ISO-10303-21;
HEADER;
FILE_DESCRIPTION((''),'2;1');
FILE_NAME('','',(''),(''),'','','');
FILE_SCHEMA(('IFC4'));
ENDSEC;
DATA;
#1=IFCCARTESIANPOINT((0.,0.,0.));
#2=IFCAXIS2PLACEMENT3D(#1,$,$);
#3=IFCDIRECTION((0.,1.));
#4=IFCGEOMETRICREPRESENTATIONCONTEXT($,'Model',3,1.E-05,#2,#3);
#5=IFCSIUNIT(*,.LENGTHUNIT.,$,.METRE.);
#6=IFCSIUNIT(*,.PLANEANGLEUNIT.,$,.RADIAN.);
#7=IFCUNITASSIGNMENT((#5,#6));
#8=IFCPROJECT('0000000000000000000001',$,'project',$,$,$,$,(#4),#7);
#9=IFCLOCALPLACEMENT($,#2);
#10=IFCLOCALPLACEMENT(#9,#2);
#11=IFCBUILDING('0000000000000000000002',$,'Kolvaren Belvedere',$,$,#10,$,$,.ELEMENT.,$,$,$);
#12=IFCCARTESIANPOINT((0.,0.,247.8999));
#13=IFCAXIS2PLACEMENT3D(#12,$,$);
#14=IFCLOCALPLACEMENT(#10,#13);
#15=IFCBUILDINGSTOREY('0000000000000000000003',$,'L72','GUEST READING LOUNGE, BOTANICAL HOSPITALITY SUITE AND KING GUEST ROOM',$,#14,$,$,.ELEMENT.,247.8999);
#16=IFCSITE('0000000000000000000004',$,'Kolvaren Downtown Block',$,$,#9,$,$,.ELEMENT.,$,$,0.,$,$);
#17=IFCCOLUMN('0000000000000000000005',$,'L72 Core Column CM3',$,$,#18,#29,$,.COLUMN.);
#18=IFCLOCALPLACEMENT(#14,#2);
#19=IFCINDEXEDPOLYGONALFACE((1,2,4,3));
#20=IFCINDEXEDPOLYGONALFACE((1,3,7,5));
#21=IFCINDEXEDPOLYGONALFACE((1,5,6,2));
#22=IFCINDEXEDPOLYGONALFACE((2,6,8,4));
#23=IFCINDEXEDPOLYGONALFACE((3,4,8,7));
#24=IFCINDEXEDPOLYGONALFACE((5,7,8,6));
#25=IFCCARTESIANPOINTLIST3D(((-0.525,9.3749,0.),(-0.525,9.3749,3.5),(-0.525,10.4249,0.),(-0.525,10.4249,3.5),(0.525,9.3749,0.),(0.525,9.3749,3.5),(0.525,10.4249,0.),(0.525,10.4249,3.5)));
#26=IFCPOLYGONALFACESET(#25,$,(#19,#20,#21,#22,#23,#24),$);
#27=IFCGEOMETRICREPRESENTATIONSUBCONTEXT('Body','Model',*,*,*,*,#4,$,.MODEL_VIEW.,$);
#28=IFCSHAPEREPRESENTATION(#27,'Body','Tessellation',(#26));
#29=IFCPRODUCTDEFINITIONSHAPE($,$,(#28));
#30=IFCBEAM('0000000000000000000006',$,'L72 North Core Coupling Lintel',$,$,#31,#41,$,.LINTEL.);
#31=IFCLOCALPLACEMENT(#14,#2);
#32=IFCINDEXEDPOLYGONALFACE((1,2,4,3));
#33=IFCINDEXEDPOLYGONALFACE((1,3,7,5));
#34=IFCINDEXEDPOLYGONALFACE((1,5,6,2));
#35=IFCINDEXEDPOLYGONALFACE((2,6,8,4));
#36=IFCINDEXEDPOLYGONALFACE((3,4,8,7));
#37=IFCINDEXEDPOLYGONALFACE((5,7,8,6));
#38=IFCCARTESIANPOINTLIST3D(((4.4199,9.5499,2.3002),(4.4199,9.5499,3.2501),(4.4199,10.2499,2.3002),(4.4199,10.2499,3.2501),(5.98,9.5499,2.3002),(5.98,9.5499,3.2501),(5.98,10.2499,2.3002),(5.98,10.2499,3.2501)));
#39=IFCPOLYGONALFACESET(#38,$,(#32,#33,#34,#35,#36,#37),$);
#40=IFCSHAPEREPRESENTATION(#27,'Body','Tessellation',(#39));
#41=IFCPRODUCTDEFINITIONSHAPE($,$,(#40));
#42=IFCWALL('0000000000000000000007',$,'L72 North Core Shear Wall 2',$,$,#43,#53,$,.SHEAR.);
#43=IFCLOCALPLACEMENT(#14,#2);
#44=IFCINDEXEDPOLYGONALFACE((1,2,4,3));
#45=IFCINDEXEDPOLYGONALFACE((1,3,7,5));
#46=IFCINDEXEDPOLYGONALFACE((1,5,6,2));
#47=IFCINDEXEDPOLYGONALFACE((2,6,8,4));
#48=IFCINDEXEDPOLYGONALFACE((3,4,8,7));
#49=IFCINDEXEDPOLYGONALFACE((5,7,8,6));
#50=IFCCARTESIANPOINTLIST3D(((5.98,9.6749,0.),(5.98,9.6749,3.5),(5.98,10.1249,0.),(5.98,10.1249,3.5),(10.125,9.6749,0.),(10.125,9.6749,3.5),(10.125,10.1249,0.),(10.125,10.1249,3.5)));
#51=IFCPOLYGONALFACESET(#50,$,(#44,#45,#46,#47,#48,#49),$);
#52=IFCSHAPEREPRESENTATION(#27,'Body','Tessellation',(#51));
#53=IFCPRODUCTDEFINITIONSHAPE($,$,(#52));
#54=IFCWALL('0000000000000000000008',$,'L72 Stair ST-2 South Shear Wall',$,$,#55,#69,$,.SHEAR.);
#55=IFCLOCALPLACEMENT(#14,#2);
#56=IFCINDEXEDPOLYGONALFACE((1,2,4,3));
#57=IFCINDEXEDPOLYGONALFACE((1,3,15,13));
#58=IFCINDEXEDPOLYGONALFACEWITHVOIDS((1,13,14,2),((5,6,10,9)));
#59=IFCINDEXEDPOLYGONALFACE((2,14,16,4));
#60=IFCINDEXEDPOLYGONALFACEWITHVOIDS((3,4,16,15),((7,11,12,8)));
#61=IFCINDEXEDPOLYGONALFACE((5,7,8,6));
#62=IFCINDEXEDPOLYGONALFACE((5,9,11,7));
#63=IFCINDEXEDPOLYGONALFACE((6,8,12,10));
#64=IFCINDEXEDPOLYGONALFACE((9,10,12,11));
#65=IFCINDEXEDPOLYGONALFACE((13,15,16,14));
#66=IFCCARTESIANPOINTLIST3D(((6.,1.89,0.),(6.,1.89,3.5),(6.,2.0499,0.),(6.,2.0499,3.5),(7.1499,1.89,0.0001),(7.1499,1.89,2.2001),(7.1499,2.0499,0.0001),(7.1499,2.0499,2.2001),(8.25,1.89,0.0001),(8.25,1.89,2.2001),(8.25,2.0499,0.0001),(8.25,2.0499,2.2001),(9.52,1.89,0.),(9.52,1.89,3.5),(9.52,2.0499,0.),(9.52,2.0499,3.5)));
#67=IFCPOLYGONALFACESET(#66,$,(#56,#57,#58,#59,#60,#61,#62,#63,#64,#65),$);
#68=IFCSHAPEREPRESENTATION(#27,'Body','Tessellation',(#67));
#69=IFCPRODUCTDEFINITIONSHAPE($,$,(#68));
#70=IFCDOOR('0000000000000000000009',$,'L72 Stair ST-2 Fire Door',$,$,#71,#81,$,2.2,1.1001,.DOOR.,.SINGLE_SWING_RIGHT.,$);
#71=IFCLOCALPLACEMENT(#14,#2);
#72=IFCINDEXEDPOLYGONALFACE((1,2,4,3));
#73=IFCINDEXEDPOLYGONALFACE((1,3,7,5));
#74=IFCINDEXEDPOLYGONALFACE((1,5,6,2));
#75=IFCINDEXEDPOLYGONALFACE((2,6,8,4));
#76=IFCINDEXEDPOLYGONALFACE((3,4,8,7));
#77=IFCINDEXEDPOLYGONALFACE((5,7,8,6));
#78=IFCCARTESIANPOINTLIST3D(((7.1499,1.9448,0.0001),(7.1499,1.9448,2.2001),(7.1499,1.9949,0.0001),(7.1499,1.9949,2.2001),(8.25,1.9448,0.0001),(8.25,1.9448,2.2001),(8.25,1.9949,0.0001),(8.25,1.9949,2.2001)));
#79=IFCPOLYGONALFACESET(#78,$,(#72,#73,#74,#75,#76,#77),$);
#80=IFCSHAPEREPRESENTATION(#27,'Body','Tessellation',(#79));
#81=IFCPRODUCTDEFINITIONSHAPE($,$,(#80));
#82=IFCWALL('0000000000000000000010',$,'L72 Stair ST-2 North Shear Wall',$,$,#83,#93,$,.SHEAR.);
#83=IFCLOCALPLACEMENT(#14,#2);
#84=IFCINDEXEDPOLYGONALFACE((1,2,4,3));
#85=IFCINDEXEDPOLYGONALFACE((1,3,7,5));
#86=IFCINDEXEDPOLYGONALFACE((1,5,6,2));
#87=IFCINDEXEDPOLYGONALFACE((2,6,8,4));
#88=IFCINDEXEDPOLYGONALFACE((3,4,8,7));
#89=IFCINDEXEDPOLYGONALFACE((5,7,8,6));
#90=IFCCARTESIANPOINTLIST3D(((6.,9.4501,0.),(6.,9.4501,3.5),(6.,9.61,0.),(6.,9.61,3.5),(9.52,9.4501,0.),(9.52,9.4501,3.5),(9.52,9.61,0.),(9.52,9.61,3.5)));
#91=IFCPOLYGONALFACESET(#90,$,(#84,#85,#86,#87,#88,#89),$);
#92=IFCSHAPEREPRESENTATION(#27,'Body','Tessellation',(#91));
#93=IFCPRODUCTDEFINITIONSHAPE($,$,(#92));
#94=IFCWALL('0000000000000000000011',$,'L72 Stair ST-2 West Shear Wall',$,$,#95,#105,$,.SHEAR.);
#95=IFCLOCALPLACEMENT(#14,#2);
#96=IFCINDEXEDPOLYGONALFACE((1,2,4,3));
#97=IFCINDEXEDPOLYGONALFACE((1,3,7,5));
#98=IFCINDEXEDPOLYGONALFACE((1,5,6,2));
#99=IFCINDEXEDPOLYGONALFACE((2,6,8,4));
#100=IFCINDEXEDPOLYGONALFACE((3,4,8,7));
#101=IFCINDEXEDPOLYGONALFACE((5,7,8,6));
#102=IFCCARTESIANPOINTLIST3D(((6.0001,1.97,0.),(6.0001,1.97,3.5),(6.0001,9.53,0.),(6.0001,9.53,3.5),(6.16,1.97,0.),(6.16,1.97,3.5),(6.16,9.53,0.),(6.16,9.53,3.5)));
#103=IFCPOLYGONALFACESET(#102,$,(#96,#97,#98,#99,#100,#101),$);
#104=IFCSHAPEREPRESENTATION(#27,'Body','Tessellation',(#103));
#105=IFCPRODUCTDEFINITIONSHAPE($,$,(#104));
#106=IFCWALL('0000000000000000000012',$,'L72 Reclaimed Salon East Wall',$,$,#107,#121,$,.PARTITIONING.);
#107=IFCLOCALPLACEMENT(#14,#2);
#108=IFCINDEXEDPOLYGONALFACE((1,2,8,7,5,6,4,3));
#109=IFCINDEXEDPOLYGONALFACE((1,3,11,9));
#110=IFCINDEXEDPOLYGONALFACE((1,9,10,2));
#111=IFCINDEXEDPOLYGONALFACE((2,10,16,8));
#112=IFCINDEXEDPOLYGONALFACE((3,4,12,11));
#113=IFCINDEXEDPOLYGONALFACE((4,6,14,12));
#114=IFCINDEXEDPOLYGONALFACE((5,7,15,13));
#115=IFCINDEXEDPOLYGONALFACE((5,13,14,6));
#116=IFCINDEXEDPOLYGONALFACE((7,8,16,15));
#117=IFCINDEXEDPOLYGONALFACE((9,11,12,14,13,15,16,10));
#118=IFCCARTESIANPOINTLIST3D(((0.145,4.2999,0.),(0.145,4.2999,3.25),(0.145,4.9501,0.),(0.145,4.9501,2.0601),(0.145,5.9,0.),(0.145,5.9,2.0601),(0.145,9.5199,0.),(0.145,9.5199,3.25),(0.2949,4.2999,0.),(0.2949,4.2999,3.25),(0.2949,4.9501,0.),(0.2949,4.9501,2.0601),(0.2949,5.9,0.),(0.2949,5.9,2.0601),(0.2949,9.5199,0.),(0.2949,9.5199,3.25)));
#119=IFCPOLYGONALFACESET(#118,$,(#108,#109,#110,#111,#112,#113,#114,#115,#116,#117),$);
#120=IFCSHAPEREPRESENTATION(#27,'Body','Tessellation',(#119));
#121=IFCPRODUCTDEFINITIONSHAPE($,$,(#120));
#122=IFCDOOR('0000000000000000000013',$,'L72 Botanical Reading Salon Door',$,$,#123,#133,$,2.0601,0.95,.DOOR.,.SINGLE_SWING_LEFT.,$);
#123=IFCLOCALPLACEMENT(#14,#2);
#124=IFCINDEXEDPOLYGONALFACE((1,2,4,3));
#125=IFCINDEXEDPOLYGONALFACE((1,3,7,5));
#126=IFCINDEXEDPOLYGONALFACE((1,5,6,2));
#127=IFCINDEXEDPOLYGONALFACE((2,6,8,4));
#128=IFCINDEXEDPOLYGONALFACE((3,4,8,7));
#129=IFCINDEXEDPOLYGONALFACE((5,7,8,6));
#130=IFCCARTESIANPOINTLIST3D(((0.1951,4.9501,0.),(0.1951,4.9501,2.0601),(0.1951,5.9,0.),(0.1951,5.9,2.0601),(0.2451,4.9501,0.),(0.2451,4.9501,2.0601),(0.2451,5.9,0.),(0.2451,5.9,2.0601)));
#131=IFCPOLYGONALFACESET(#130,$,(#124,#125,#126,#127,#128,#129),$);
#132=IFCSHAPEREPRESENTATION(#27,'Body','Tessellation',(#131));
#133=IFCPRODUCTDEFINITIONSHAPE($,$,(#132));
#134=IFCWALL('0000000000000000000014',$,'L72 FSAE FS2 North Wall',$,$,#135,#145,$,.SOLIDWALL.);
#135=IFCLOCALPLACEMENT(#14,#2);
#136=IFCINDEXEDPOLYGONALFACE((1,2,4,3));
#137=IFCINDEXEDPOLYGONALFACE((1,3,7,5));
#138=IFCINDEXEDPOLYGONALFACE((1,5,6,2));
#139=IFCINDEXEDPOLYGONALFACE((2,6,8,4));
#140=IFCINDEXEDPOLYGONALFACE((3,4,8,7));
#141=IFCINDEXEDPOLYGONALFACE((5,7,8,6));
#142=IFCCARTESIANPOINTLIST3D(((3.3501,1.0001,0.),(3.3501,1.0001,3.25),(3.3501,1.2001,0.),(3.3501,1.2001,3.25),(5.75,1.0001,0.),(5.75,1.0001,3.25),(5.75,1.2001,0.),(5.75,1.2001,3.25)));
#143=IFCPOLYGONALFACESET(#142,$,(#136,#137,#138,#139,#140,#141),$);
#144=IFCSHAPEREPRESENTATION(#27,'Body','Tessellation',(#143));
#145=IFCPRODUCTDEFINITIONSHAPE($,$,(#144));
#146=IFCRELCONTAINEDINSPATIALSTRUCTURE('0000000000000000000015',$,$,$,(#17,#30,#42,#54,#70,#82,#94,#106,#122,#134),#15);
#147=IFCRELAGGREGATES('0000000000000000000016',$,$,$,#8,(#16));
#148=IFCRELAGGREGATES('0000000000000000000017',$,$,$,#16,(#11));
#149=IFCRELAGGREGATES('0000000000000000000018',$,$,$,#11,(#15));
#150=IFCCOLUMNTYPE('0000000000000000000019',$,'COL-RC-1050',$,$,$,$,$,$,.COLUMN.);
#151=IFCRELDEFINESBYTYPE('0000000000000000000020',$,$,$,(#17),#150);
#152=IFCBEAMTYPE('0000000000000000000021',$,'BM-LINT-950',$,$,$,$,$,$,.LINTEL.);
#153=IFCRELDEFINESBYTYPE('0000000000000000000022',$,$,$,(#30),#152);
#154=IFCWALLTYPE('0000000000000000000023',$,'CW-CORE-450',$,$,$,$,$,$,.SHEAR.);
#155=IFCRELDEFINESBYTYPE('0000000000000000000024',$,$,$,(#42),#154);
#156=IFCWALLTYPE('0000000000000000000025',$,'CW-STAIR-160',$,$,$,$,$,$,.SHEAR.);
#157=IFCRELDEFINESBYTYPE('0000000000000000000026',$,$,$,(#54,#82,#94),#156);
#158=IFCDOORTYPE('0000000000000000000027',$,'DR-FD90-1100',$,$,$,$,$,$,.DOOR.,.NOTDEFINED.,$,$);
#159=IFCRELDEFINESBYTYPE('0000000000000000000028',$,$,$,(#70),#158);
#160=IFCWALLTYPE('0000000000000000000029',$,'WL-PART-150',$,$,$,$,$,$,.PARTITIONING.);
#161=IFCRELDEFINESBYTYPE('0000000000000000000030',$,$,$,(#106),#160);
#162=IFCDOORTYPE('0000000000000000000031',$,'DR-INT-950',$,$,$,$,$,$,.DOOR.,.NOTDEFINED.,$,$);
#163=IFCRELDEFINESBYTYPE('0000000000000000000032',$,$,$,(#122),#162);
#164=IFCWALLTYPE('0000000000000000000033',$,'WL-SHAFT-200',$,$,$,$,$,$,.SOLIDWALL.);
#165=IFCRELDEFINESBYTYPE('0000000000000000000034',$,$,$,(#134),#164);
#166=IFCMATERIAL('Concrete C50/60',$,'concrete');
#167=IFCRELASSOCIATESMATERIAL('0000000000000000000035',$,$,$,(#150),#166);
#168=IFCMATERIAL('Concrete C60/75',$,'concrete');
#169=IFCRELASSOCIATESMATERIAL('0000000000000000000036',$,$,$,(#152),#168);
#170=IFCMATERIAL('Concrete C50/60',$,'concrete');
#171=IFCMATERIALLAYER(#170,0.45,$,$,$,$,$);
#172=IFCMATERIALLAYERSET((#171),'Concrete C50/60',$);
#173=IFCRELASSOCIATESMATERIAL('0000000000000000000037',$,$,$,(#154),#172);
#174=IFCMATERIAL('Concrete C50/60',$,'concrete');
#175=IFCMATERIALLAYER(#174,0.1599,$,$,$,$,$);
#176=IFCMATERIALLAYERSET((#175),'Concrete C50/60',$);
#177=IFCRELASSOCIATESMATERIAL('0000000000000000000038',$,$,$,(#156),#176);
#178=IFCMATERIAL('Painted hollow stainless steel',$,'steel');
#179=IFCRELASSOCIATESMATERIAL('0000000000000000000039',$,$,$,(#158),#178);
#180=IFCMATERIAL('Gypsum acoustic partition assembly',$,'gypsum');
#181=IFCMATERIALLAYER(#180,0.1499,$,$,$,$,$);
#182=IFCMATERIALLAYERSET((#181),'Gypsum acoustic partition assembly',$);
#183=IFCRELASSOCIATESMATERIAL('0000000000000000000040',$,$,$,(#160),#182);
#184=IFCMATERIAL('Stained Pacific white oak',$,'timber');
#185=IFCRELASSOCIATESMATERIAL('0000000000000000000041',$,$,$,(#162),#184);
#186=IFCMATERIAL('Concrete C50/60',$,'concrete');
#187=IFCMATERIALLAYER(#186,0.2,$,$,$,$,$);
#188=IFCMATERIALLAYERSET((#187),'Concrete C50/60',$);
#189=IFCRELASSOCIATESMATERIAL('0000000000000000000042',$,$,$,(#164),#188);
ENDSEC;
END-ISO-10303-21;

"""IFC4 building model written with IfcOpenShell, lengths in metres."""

from ifc_helpers import new_model, si_unit, direction, frame, frame_2d, origin, origin_2d, place, context, subcontext, project, spatial, rectangle, extrude, material, layer, layer_set, material_profile, profile_set, type_object, element, fill, save


model = new_model("IFC4")

# Units and contexts
model_context = context("Model", 3, precision=1e-05, world=origin(), true_north=direction((0.0, 1.0)))
body_context = subcontext(model_context, "Body", "Model", "MODEL_VIEW")
ifc_project = project(units=[si_unit("LENGTHUNIT", "METRE"), si_unit("PLANEANGLEUNIT", "RADIAN")], contexts=[model_context])

# Site, building, storey
site_placement = place(None, origin())
site = spatial("IfcSite", under=ifc_project, at=site_placement, Name="Kolvaren Downtown Block", CompositionType="ELEMENT", RefElevation=0.0)
building_placement = place(site_placement, origin())
building = spatial("IfcBuilding", under=site, at=building_placement, Name="Kolvaren Belvedere", CompositionType="ELEMENT")
storey_placement = place(building_placement, frame((0.0, 0.0, 247.8999)))
storey = spatial("IfcBuildingStorey", under=building, at=storey_placement, Name="L72", Description="GUEST READING LOUNGE, BOTANICAL HOSPITALITY SUITE AND KING GUEST ROOM", CompositionType="ELEMENT", Elevation=247.8999)

# Column
ifc_material_1 = material(Name="Concrete C50/60", Category="concrete")
ifc_material_profile_1 = material_profile(ifc_material_1, rectangle(XDim=1.05, YDim=1.05, at=origin_2d()), Name="RC 1050X1050")
ifc_profile_set_1 = profile_set([ifc_material_profile_1], Name="Concrete C50/60")
column_type = type_object("IfcColumnType", Name="COL-RC-1050", PredefinedType="COLUMN", material=ifc_profile_set_1)
column_placement = place(storey_placement, frame((0.0, 9.8999, 0.0), z_axis=(0.0, 0.0, 1.0), x_axis=(1.0, 0.0, 0.0)))
element("IfcColumn", 1, at=column_placement, inside=storey, type_object=column_type, Name="L72 Core Column CM3", PredefinedType="COLUMN", context=body_context, shape_type="SweptSolid", body=[
    extrude(rectangle(XDim=1.05, YDim=1.05, at=origin_2d()), origin(), (0.0, 0.0, 1.0), 3.5),
])

# Beam
ifc_material_2 = material(Name="Concrete C60/75", Category="concrete")
ifc_material_profile_2 = material_profile(ifc_material_2, rectangle(XDim=0.7, YDim=0.95, at=origin_2d()), Name="RC 700X950")
ifc_profile_set_2 = profile_set([ifc_material_profile_2], Name="Concrete C60/75")
beam_type = type_object("IfcBeamType", Name="BM-LINT-950", PredefinedType="LINTEL", material=ifc_profile_set_2)
beam_placement = place(storey_placement, frame((4.4199, 9.8999, 2.7751), z_axis=(1.0, 0.0, 0.0), x_axis=(0.0, 1.0, 0.0)))
element("IfcBeam", 2, at=beam_placement, inside=storey, type_object=beam_type, Name="L72 North Core Coupling Lintel", PredefinedType="LINTEL", context=body_context, shape_type="SweptSolid", body=[
    extrude(rectangle(XDim=0.7, YDim=0.95, at=origin_2d()), origin(), (0.0, 0.0, 1.0), 1.5601),
])

# Wall
ifc_material_3 = material(Name="Concrete C50/60", Category="concrete")
ifc_layer_1 = layer(ifc_material_3, 0.45)
ifc_layer_set_1 = layer_set([ifc_layer_1], Name="Concrete C50/60")
wall_type_1 = type_object("IfcWallType", Name="CW-CORE-450", PredefinedType="SHEAR", material=ifc_layer_set_1)
wall_1_placement = place(storey_placement, frame((5.98, 9.8999, 0.0), z_axis=(0.0, 0.0, 1.0), x_axis=(1.0, 0.0, 0.0)))
element("IfcWall", 3, at=wall_1_placement, inside=storey, type_object=wall_type_1, Name="L72 North Core Shear Wall 2", PredefinedType="SHEAR", context=body_context, shape_type="SweptSolid", body=[
    extrude(rectangle(XDim=4.145, YDim=0.45, at=frame_2d((2.0725, 0.0))), origin(), (0.0, 0.0, 1.0), 3.5),
])

# Wall, opening, door
ifc_material_4 = material(Name="Concrete C50/60", Category="concrete")
ifc_layer_2 = layer(ifc_material_4, 0.1599)
ifc_layer_set_2 = layer_set([ifc_layer_2], Name="Concrete C50/60")
wall_type_2 = type_object("IfcWallType", Name="CW-STAIR-160", PredefinedType="SHEAR", material=ifc_layer_set_2)
wall_2_placement = place(storey_placement, frame((6.0, 1.97, 0.0), z_axis=(0.0, 0.0, 1.0), x_axis=(1.0, 0.0, 0.0)))
wall_2 = element("IfcWall", 4, at=wall_2_placement, inside=storey, type_object=wall_type_2, Name="L72 Stair ST-2 South Shear Wall", PredefinedType="SHEAR", context=body_context, shape_type="SweptSolid", body=[
    extrude(rectangle(XDim=3.52, YDim=0.1599, at=frame_2d((1.76, 0.0))), origin(), (0.0, 0.0, 1.0), 3.5),
])
opening_1_placement = place(wall_2_placement, frame((1.1499, 0.0, 0.0)))
opening_1 = element("IfcOpeningElement", 5, at=opening_1_placement, cuts=wall_2, PredefinedType="OPENING", context=body_context, shape_type="SweptSolid", body=[
    extrude(rectangle(XDim=1.1001, YDim=2.2, at=frame_2d((0.55, 1.1001))), frame((0.0, 0.0898, 0.0), z_axis=(0.0, -1.0, 0.0), x_axis=(1.0, 0.0, 0.0)), (0.0, 0.0, 1.0), 0.1799),
])
ifc_material_5 = material(Name="Painted hollow stainless steel", Category="steel")
door_type_1 = type_object("IfcDoorType", Name="DR-FD90-1100", OperationType="NOTDEFINED", PredefinedType="DOOR", material=ifc_material_5)
door_1_placement = place(opening_1_placement, origin())
door_1 = element("IfcDoor", 6, at=door_1_placement, inside=storey, type_object=door_type_1, Name="L72 Stair ST-2 Fire Door", OperationType="SINGLE_SWING_RIGHT", OverallHeight=2.2, OverallWidth=1.1001, PredefinedType="DOOR", context=body_context, shape_type="SweptSolid", body=[
    extrude(rectangle(XDim=1.1001, YDim=2.2, at=frame_2d((0.55, 1.1001))), frame((0.0, 0.0249, 0.0), z_axis=(0.0, -1.0, 0.0), x_axis=(1.0, 0.0, 0.0)), (0.0, 0.0, 1.0), 0.05),
])
fill(opening_1, door_1)

# Walls
wall_3_placement = place(storey_placement, frame((6.0, 9.53, 0.0), z_axis=(0.0, 0.0, 1.0), x_axis=(1.0, 0.0, 0.0)))
element("IfcWall", 7, at=wall_3_placement, inside=storey, type_object=wall_type_2, Name="L72 Stair ST-2 North Shear Wall", PredefinedType="SHEAR", context=body_context, shape_type="SweptSolid", body=[
    extrude(rectangle(XDim=3.52, YDim=0.1599, at=frame_2d((1.76, 0.0))), origin(), (0.0, 0.0, 1.0), 3.5),
])
wall_4_placement = place(storey_placement, frame((6.0801, 1.97, 0.0), z_axis=(0.0, 0.0, 1.0), x_axis=(0.0, 1.0, 0.0)))
element("IfcWall", 8, at=wall_4_placement, inside=storey, type_object=wall_type_2, Name="L72 Stair ST-2 West Shear Wall", PredefinedType="SHEAR", context=body_context, shape_type="SweptSolid", body=[
    extrude(rectangle(XDim=7.5601, YDim=0.1599, at=frame_2d((3.78, 0.0))), origin(), (0.0, 0.0, 1.0), 3.5),
])

# Wall, opening, door
ifc_material_6 = material(Name="Gypsum acoustic partition assembly", Category="gypsum")
ifc_layer_3 = layer(ifc_material_6, 0.1499)
ifc_layer_set_3 = layer_set([ifc_layer_3], Name="Gypsum acoustic partition assembly")
wall_type_3 = type_object("IfcWallType", Name="WL-PART-150", PredefinedType="PARTITIONING", material=ifc_layer_set_3)
wall_5_placement = place(storey_placement, frame((0.22, 4.3, 0.0), z_axis=(0.0, 0.0, 1.0), x_axis=(0.0, 1.0, 0.0)))
wall_5 = element("IfcWall", 9, at=wall_5_placement, inside=storey, type_object=wall_type_3, Name="L72 Reclaimed Salon East Wall", PredefinedType="PARTITIONING", context=body_context, shape_type="SweptSolid", body=[
    extrude(rectangle(XDim=5.22, YDim=0.1499, at=frame_2d((2.6099, 0.0))), origin(), (0.0, 0.0, 1.0), 3.25),
])
opening_2_placement = place(wall_5_placement, frame((0.6499, 0.0, 0.0)))
opening_2 = element("IfcOpeningElement", 10, at=opening_2_placement, cuts=wall_5, PredefinedType="OPENING", context=body_context, shape_type="SweptSolid", body=[
    extrude(rectangle(XDim=0.95, YDim=2.0601, at=frame_2d((0.4751, 1.03))), frame((0.0, 0.085, 0.0), z_axis=(0.0, -1.0, 0.0), x_axis=(1.0, 0.0, 0.0)), (0.0, 0.0, 1.0), 0.1699),
])
ifc_material_7 = material(Name="Stained Pacific white oak", Category="timber")
door_type_2 = type_object("IfcDoorType", Name="DR-INT-950", OperationType="NOTDEFINED", PredefinedType="DOOR", material=ifc_material_7)
door_2_placement = place(opening_2_placement, origin())
door_2 = element("IfcDoor", 11, at=door_2_placement, inside=storey, type_object=door_type_2, Name="L72 Botanical Reading Salon Door", OperationType="SINGLE_SWING_LEFT", OverallHeight=2.0601, OverallWidth=0.95, PredefinedType="DOOR", context=body_context, shape_type="SweptSolid", body=[
    extrude(rectangle(XDim=0.95, YDim=2.0601, at=frame_2d((0.4751, 1.03))), frame((0.0, 0.0249, 0.0), z_axis=(0.0, -1.0, 0.0), x_axis=(1.0, 0.0, 0.0)), (0.0, 0.0, 1.0), 0.05),
])
fill(opening_2, door_2)

# Wall
ifc_material_8 = material(Name="Concrete C50/60", Category="concrete")
ifc_layer_4 = layer(ifc_material_8, 0.2)
ifc_layer_set_4 = layer_set([ifc_layer_4], Name="Concrete C50/60")
wall_type_4 = type_object("IfcWallType", Name="WL-SHAFT-200", PredefinedType="SOLIDWALL", material=ifc_layer_set_4)
wall_6_placement = place(storey_placement, frame((3.3501, 1.1001, 0.0), z_axis=(0.0, 0.0, 1.0), x_axis=(1.0, 0.0, 0.0)))
element("IfcWall", 12, at=wall_6_placement, inside=storey, type_object=wall_type_4, Name="L72 FSAE FS2 North Wall", PredefinedType="SOLIDWALL", context=body_context, shape_type="SweptSolid", body=[
    extrude(rectangle(XDim=2.3999, YDim=0.2, at=frame_2d((1.2, 0.0))), origin(), (0.0, 0.0, 1.0), 3.25),
])

save(model, "model.ifc")
